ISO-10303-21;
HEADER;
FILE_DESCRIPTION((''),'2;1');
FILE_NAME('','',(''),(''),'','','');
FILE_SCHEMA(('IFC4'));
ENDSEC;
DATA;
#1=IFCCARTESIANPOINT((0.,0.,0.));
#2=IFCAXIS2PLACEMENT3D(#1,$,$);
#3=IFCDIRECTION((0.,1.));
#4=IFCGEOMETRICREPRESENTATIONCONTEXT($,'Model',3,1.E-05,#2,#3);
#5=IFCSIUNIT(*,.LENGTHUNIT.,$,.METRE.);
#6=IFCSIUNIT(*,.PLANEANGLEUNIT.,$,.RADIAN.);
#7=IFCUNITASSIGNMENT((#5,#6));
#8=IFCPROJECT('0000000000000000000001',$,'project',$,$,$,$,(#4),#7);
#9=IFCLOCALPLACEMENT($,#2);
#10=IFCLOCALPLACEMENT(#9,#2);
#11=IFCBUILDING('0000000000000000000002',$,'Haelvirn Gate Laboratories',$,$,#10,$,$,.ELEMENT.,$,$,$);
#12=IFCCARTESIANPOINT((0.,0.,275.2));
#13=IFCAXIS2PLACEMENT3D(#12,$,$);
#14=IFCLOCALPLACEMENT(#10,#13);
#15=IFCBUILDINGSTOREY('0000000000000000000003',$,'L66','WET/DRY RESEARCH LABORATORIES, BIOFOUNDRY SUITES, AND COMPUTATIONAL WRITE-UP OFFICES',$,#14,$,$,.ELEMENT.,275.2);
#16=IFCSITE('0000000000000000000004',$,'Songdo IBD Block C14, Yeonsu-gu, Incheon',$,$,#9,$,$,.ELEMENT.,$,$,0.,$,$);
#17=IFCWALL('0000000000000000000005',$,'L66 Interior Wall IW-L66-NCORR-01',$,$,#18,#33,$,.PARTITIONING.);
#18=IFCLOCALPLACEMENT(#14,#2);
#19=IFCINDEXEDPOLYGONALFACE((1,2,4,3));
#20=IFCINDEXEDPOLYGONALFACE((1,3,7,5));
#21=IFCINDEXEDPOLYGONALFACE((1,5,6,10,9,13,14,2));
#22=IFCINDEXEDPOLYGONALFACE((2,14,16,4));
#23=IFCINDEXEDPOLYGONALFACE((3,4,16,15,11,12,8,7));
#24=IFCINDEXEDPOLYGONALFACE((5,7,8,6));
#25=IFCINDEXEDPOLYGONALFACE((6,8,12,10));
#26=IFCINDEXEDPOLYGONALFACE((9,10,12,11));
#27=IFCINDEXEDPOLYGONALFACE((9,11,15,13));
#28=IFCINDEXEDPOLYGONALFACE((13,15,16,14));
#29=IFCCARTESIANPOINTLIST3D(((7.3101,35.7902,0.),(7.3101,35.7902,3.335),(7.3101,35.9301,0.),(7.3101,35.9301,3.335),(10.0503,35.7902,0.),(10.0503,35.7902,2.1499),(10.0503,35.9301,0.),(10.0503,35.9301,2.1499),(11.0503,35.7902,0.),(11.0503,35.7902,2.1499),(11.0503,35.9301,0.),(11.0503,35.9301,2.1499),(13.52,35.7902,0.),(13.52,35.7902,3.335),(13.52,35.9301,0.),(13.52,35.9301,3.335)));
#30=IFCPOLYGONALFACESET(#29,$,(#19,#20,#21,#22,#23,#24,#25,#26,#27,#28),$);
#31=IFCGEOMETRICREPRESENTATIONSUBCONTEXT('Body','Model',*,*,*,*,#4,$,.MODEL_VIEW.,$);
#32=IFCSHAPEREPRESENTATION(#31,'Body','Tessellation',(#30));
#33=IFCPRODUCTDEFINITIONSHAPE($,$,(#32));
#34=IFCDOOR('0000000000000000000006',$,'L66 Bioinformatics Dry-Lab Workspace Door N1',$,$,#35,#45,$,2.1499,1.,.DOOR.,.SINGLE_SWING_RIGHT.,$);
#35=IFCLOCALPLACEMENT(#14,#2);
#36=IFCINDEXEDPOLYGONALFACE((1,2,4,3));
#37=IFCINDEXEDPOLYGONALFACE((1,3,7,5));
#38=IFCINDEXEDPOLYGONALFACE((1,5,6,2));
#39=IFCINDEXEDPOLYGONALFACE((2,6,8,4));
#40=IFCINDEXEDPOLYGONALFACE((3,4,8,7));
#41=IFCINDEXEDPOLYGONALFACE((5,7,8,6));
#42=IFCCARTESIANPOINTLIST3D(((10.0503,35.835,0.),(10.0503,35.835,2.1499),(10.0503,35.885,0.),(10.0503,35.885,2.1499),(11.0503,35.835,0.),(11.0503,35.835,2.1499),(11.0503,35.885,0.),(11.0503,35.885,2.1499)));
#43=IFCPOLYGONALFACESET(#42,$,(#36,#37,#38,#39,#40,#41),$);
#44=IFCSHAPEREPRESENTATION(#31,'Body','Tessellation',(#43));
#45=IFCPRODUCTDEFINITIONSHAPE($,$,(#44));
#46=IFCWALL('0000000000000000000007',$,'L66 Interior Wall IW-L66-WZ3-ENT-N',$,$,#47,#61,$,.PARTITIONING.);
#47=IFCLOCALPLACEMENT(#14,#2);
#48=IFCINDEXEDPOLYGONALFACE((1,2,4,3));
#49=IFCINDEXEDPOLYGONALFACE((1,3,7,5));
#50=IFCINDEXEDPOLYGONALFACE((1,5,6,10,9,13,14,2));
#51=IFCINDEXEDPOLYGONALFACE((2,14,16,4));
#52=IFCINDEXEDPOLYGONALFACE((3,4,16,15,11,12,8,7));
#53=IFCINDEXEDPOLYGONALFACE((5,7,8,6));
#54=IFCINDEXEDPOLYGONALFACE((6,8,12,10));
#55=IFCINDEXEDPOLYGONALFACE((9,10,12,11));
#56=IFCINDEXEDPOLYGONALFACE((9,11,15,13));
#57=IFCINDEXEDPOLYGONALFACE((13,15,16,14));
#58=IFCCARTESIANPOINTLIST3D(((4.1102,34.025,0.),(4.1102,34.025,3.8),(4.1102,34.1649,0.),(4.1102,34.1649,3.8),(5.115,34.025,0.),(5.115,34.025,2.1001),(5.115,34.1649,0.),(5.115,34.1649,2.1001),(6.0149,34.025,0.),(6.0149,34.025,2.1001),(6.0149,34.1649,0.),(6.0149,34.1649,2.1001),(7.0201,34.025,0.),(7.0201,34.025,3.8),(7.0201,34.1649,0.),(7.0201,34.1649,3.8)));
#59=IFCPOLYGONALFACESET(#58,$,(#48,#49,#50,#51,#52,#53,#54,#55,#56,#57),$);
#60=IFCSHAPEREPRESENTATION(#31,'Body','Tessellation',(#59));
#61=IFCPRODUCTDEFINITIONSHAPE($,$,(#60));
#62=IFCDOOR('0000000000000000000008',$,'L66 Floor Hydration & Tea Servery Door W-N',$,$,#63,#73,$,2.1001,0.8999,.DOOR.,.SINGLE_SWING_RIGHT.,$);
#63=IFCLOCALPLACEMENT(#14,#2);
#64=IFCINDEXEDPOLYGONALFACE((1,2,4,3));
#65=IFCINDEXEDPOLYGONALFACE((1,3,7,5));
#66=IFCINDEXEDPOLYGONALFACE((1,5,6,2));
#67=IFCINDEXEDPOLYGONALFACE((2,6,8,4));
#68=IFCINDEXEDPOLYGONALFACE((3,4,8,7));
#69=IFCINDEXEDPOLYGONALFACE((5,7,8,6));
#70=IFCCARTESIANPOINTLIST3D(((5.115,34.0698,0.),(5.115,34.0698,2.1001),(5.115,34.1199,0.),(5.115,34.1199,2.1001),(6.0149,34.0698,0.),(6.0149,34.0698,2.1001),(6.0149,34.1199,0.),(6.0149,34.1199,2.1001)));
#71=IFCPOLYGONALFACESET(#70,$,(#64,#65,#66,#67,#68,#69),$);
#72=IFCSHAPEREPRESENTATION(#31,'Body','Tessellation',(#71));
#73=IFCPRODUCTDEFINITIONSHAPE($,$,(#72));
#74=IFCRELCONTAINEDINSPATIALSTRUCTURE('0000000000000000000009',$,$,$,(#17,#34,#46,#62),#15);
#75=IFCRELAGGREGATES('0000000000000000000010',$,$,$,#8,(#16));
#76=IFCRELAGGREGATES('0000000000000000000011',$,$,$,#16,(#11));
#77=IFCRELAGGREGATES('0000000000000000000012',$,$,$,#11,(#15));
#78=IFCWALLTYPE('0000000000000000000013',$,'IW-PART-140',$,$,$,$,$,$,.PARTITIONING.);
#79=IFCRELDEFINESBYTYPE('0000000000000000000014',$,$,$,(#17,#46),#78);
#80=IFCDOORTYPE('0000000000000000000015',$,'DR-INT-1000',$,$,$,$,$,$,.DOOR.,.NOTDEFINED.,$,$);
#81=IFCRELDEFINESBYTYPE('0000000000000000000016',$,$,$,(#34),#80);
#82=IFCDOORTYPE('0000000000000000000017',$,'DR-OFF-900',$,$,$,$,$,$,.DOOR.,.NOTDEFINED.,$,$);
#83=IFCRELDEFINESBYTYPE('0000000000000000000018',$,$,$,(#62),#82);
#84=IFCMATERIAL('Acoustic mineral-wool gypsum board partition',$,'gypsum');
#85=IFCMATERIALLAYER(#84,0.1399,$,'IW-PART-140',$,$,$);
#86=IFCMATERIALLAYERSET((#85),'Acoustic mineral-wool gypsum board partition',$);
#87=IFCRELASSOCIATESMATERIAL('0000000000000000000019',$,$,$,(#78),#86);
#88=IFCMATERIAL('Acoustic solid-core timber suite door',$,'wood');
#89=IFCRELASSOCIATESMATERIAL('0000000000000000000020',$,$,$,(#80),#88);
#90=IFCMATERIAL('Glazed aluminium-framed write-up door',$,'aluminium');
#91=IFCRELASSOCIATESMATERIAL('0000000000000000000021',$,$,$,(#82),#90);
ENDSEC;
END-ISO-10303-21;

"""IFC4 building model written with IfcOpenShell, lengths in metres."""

from ifc_helpers import new_model, si_unit, direction, frame, frame_2d, origin, place, context, subcontext, project, spatial, rectangle, extrude, source, transform, mapped, material, layer, layer_set, type_object, type_shapes, element, fill, save


model = new_model("IFC4")

# Units and contexts
model_context = context("Model", 3, precision=1e-05, world=origin(), true_north=direction((0.0, 1.0)))
body_context = subcontext(model_context, "Body", "Model", "MODEL_VIEW")
ifc_project = project(units=[si_unit("LENGTHUNIT", "METRE"), si_unit("PLANEANGLEUNIT", "RADIAN")], contexts=[model_context])

# Site, building, storey
site_placement = place(None, origin())
site = spatial("IfcSite", under=ifc_project, at=site_placement, Name="Songdo IBD Block C14, Yeonsu-gu, Incheon", CompositionType="ELEMENT", RefElevation=0.0)
building_placement = place(site_placement, origin())
building = spatial("IfcBuilding", under=site, at=building_placement, Name="Haelvirn Gate Laboratories", CompositionType="ELEMENT")
storey_placement = place(building_placement, frame((0.0, 0.0, 275.2)))
storey = spatial("IfcBuildingStorey", under=building, at=storey_placement, Name="L66", Description="WET/DRY RESEARCH LABORATORIES, BIOFOUNDRY SUITES, AND COMPUTATIONAL WRITE-UP OFFICES", CompositionType="ELEMENT", Elevation=275.2)

# Walls, openings, doors
ifc_material_1 = material(Name="Acoustic mineral-wool gypsum board partition", Category="gypsum")
ifc_layer_1 = layer(ifc_material_1, 0.1399, Name="IW-PART-140")
ifc_layer_set_1 = layer_set([ifc_layer_1], Name="Acoustic mineral-wool gypsum board partition")
wall_type_1 = type_object("IfcWallType", Name="IW-PART-140", PredefinedType="PARTITIONING", material=ifc_layer_set_1)
wall_1_placement = place(storey_placement, frame((7.3101, 35.8601, 0.0), z_axis=(0.0, 0.0, 1.0), x_axis=(1.0, 0.0, 0.0)))
wall_1 = element("IfcWall", 1, at=wall_1_placement, inside=storey, type_object=wall_type_1, Name="L66 Interior Wall IW-L66-NCORR-01", PredefinedType="PARTITIONING", context=body_context, shape_type="SweptSolid", body=[
    extrude(rectangle(XDim=6.21, YDim=0.1399, at=frame_2d((3.105, 0.0))), origin(), (0.0, 0.0, 1.0), 3.335),
])
opening_1_placement = place(wall_1_placement, frame((2.7402, 0.0, 0.0)))
opening_1 = element("IfcOpeningElement", 2, at=opening_1_placement, cuts=wall_1, PredefinedType="OPENING", context=body_context, shape_type="SweptSolid", body=[
    extrude(rectangle(XDim=1.0, YDim=2.1499, at=frame_2d((0.5, 1.075))), frame((0.0, 0.0801, 0.0), z_axis=(0.0, -1.0, 0.0), x_axis=(1.0, 0.0, 0.0)), (0.0, 0.0, 1.0), 0.1599),
])
ifc_material_2 = material(Name="Acoustic solid-core timber suite door", Category="wood")
door_type_1 = type_object("IfcDoorType", Name="DR-INT-1000", OperationType="NOTDEFINED", PredefinedType="DOOR", material=ifc_material_2)
shared_shape_1 = source(origin(), body_context, "Body", "SweptSolid", [
    extrude(rectangle(XDim=1.0, YDim=2.1499, at=frame_2d((0.5, 1.075))), frame((0.0, 0.0249, 0.0), z_axis=(0.0, -1.0, 0.0), x_axis=(1.0, 0.0, 0.0)), (0.0, 0.0, 1.0), 0.05),
])
type_shapes(door_type_1, [shared_shape_1])
door_1_placement = place(opening_1_placement, origin())
door_1 = element("IfcDoor", 3, at=door_1_placement, inside=storey, type_object=door_type_1, Name="L66 Bioinformatics Dry-Lab Workspace Door N1", OperationType="SINGLE_SWING_RIGHT", OverallHeight=2.1499, OverallWidth=1.0, PredefinedType="DOOR", context=body_context, shape_type="MappedRepresentation", body=[
    mapped(shared_shape_1, transform((0.0, 0.0, 0.0), scale=1.0)),
])
fill(opening_1, door_1)
wall_2_placement = place(storey_placement, frame((4.1101, 34.095, 0.0), z_axis=(0.0, 0.0, 1.0), x_axis=(1.0, 0.0, 0.0)))
wall_2 = element("IfcWall", 4, at=wall_2_placement, inside=storey, type_object=wall_type_1, Name="L66 Interior Wall IW-L66-WZ3-ENT-N", PredefinedType="PARTITIONING", context=body_context, shape_type="SweptSolid", body=[
    extrude(rectangle(XDim=2.9099, YDim=0.1399, at=frame_2d((1.4551, 0.0))), origin(), (0.0, 0.0, 1.0), 3.8),
])
opening_2_placement = place(wall_2_placement, frame((1.0049, 0.0, 0.0)))
opening_2 = element("IfcOpeningElement", 5, at=opening_2_placement, cuts=wall_2, PredefinedType="OPENING", context=body_context, shape_type="SweptSolid", body=[
    extrude(rectangle(XDim=0.8999, YDim=2.1001, at=frame_2d((0.45, 1.05))), frame((0.0, 0.0801, 0.0), z_axis=(0.0, -1.0, 0.0), x_axis=(1.0, 0.0, 0.0)), (0.0, 0.0, 1.0), 0.1599),
])
ifc_material_3 = material(Name="Glazed aluminium-framed write-up door", Category="aluminium")
door_type_2 = type_object("IfcDoorType", Name="DR-OFF-900", OperationType="NOTDEFINED", PredefinedType="DOOR", material=ifc_material_3)
shared_shape_2 = source(origin(), body_context, "Body", "SweptSolid", [
    extrude(rectangle(XDim=0.8999, YDim=2.1001, at=frame_2d((0.45, 1.05))), frame((0.0, 0.0249, 0.0), z_axis=(0.0, -1.0, 0.0), x_axis=(1.0, 0.0, 0.0)), (0.0, 0.0, 1.0), 0.05),
])
type_shapes(door_type_2, [shared_shape_2])
door_2_placement = place(opening_2_placement, origin())
door_2 = element("IfcDoor", 6, at=door_2_placement, inside=storey, type_object=door_type_2, Name="L66 Floor Hydration & Tea Servery Door W-N", OperationType="SINGLE_SWING_RIGHT", OverallHeight=2.1001, OverallWidth=0.8999, PredefinedType="DOOR", context=body_context, shape_type="MappedRepresentation", body=[
    mapped(shared_shape_2, transform((0.0, 0.0, 0.0), scale=1.0)),
])
fill(opening_2, door_2)

save(model, "model.ifc")
